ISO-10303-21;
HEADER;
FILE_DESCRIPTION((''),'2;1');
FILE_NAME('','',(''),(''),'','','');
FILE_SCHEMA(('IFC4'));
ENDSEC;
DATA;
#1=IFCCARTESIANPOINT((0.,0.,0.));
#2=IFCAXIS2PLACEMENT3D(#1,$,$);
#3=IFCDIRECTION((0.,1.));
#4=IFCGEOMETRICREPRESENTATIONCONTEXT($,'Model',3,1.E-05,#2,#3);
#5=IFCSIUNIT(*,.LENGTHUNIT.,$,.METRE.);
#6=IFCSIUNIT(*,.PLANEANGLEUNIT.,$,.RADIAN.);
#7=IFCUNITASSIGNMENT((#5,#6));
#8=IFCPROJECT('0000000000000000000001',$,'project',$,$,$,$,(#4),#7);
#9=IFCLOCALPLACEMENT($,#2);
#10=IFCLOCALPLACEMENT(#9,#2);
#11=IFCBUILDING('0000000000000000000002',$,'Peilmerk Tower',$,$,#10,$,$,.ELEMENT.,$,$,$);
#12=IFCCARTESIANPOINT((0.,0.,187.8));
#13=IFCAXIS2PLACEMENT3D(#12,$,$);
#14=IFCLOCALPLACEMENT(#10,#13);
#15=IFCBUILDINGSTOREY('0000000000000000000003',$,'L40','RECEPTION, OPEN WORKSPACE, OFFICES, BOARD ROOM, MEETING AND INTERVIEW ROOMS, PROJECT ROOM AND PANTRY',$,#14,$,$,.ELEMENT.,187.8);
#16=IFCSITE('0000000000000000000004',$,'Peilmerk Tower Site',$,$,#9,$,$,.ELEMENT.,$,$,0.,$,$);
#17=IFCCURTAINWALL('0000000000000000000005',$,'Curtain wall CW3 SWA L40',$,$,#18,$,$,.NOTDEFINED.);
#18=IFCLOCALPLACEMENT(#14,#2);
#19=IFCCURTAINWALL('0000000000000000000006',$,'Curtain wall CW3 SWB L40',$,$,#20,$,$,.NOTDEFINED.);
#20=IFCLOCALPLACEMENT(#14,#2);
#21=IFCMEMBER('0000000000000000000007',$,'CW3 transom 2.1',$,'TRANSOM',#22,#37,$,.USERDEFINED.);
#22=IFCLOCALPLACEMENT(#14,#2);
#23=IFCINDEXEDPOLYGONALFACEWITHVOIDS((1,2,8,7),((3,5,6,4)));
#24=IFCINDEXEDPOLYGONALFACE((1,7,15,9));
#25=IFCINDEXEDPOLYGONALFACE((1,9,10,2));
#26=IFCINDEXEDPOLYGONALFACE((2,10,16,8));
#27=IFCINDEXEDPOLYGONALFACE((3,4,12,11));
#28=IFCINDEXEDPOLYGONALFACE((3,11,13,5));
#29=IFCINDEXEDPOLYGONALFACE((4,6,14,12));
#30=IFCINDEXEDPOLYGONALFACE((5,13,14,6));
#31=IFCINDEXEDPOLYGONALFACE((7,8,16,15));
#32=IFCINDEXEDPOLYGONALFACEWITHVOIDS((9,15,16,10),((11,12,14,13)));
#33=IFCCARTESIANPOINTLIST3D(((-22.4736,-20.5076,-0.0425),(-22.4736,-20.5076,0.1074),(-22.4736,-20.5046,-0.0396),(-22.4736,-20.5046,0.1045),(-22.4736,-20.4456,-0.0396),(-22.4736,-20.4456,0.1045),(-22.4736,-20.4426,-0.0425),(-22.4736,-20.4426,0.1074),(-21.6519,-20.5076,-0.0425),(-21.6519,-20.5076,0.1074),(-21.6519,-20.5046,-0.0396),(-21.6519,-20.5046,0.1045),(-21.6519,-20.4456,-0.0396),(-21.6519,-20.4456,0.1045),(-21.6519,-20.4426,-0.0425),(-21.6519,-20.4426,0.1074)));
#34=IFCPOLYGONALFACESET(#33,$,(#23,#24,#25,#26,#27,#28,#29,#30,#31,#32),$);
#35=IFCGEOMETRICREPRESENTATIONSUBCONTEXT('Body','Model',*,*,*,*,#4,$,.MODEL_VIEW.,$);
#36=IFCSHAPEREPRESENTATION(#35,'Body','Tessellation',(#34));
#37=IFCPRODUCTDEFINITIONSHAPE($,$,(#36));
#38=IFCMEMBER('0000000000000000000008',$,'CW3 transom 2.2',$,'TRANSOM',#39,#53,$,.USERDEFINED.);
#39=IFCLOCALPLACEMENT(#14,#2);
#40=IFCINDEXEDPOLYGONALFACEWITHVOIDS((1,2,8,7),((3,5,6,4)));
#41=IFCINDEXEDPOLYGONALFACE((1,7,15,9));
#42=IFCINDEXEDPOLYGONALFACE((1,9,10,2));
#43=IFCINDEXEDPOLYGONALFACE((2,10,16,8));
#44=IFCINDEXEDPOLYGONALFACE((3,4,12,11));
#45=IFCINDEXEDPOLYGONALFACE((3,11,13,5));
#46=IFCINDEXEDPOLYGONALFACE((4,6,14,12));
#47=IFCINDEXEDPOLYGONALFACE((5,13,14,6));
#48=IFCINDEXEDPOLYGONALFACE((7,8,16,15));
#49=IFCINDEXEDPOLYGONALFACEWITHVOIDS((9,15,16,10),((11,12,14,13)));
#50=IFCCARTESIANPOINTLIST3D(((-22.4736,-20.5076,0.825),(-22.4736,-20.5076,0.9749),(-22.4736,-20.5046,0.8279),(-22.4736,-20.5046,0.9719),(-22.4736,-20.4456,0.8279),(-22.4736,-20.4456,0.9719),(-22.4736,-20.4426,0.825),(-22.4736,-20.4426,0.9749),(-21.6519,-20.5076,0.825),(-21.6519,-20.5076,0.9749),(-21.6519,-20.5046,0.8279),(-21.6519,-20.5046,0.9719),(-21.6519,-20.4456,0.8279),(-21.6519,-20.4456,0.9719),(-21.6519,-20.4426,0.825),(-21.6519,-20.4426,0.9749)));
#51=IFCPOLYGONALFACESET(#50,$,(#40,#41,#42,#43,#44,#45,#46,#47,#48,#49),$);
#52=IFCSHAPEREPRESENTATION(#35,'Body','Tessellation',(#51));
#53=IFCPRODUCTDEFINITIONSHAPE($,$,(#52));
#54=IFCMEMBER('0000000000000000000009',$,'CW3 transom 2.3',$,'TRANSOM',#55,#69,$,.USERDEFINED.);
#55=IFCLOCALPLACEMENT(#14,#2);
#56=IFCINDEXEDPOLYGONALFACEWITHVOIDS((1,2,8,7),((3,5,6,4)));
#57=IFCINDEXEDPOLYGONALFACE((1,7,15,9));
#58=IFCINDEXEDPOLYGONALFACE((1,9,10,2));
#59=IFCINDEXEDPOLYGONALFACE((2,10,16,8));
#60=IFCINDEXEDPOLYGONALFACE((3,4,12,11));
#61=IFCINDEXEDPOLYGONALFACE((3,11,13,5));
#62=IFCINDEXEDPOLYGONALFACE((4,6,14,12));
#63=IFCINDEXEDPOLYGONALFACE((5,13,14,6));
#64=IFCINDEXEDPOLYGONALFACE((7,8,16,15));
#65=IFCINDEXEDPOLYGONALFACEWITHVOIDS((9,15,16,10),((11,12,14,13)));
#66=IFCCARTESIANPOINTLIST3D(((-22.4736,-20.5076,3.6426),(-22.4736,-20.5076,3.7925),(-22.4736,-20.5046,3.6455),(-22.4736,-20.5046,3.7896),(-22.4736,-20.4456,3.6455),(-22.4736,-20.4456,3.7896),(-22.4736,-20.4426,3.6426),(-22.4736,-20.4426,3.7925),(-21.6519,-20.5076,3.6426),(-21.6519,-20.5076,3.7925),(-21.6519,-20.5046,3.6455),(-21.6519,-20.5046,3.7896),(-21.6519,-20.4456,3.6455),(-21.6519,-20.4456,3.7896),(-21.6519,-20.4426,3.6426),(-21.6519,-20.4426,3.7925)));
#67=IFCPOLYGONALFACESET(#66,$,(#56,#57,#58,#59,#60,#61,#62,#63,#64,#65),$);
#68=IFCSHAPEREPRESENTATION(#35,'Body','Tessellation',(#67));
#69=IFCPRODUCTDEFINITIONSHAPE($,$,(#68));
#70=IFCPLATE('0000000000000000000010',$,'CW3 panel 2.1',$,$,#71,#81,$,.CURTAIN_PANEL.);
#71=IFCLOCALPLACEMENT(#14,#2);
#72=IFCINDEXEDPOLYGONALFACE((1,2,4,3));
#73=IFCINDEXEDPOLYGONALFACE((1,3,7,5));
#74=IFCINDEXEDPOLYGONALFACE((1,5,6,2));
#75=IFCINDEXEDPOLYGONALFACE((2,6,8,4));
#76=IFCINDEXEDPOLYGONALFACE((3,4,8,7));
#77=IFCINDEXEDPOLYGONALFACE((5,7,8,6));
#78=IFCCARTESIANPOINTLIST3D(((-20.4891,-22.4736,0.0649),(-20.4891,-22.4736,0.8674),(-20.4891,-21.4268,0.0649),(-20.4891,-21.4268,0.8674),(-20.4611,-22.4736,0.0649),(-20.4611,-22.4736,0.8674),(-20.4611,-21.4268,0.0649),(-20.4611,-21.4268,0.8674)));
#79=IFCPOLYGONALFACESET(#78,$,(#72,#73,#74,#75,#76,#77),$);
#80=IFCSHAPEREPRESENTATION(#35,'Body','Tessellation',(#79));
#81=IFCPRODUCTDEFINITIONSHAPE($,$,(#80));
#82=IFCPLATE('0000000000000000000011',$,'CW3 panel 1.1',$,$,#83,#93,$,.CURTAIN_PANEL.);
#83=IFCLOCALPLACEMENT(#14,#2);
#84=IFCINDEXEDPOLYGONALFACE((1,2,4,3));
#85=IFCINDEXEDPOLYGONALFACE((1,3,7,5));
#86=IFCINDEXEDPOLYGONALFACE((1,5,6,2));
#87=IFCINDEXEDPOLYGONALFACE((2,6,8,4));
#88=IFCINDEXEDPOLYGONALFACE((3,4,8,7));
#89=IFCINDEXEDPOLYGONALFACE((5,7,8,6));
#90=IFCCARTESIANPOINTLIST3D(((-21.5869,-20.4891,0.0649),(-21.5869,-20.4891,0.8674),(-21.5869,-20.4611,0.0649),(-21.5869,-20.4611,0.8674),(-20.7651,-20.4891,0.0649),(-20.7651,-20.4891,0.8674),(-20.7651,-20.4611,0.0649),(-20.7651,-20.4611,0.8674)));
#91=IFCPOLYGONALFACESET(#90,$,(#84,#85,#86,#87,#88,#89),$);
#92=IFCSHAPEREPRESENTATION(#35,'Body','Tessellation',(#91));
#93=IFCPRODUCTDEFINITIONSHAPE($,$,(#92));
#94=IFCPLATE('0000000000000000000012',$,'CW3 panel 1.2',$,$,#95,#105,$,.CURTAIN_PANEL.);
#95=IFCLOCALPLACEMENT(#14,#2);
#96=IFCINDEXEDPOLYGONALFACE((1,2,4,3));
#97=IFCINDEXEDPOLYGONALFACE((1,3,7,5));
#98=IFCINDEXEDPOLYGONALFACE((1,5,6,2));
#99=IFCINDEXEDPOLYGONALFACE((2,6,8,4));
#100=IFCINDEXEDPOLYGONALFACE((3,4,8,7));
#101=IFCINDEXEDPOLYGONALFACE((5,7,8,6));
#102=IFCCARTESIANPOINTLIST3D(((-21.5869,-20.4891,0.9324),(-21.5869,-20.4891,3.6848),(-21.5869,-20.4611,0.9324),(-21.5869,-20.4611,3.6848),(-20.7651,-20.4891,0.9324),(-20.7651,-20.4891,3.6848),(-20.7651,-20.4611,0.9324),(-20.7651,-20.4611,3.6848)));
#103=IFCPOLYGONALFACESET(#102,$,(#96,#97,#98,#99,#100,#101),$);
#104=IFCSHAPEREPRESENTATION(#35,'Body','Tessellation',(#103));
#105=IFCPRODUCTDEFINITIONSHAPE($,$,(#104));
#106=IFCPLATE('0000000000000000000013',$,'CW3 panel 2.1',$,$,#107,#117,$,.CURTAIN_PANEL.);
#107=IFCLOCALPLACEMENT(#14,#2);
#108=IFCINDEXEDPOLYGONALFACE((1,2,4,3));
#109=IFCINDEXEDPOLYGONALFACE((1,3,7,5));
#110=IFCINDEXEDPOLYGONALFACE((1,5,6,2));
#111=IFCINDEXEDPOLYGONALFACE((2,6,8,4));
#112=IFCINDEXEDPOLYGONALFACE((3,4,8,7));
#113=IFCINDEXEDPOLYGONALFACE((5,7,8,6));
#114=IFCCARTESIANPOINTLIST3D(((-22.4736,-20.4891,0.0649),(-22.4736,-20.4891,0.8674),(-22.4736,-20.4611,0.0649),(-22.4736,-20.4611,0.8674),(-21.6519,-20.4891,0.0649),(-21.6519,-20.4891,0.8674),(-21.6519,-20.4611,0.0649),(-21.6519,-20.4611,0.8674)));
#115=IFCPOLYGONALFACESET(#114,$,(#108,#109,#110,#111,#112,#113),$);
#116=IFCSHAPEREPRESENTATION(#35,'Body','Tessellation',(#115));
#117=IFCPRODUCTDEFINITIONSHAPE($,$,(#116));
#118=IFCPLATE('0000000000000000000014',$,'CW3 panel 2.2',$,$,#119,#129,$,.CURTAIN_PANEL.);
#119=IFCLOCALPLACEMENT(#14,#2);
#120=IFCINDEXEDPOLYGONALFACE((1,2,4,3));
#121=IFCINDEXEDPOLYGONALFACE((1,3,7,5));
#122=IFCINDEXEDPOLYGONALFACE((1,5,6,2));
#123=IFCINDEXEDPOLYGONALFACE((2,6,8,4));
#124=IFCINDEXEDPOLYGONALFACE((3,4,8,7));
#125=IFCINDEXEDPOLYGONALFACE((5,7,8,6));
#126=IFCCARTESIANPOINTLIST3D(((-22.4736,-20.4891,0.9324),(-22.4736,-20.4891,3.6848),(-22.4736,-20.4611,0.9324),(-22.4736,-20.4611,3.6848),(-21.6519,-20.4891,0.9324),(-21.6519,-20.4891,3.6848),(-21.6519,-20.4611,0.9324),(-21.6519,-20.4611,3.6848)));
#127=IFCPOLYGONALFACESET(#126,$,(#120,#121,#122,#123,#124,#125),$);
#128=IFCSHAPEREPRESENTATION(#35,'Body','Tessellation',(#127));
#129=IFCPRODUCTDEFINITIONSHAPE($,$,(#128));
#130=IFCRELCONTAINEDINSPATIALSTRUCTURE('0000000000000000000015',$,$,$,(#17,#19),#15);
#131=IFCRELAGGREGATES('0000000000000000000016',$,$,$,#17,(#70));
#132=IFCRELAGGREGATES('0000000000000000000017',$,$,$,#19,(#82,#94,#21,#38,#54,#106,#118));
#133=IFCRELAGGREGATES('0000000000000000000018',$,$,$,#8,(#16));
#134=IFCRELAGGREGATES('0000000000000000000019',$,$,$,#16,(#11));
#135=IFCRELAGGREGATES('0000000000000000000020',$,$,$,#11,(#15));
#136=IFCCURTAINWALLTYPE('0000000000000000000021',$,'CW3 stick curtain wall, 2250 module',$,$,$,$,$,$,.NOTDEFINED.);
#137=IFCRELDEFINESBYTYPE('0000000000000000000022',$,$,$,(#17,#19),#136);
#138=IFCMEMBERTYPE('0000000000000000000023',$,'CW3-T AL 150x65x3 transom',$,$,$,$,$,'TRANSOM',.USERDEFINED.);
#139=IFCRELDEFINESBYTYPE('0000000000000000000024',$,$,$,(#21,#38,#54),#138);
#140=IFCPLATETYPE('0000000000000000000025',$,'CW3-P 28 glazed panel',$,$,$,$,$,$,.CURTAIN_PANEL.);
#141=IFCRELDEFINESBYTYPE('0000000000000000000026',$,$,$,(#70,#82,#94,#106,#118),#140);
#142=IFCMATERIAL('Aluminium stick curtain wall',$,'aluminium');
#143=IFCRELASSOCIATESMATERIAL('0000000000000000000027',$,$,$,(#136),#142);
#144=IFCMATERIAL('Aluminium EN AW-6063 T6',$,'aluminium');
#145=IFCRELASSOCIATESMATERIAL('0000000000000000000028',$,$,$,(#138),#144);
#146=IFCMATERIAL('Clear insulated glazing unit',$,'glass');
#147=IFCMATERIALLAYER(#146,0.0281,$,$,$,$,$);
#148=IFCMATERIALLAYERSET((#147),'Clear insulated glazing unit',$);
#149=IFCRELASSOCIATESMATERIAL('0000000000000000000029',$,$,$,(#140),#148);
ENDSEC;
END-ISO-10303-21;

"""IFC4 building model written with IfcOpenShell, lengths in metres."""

from ifc_helpers import new_model, si_unit, direction, frame, origin, origin_2d, place, context, subcontext, project, spatial, rectangle, hollow_rectangle, extrude, material, layer, layer_set, material_profile, profile_set, type_object, element, aggregate, save


model = new_model("IFC4")

# Units and contexts
model_context = context("Model", 3, precision=1e-05, world=origin(), true_north=direction((0.0, 1.0)))
body_context = subcontext(model_context, "Body", "Model", "MODEL_VIEW")
ifc_project = project(units=[si_unit("LENGTHUNIT", "METRE"), si_unit("PLANEANGLEUNIT", "RADIAN")], contexts=[model_context])

# Site, building, storey
site_placement = place(None, origin())
site = spatial("IfcSite", under=ifc_project, at=site_placement, Name="Peilmerk Tower Site", CompositionType="ELEMENT", RefElevation=0.0)
building_placement = place(site_placement, origin())
building = spatial("IfcBuilding", under=site, at=building_placement, Name="Peilmerk Tower", CompositionType="ELEMENT")
storey_placement = place(building_placement, frame((0.0, 0.0, 187.8)))
storey = spatial("IfcBuildingStorey", under=building, at=storey_placement, Name="L40", Description="RECEPTION, OPEN WORKSPACE, OFFICES, BOARD ROOM, MEETING AND INTERVIEW ROOMS, PROJECT ROOM AND PANTRY", CompositionType="ELEMENT", Elevation=187.8)

# Curtain wall
ifc_material_1 = material(Name="Aluminium stick curtain wall", Category="aluminium")
curtain_wall_type = type_object("IfcCurtainWallType", Name="CW3 stick curtain wall, 2250 module", PredefinedType="NOTDEFINED", material=ifc_material_1)
curtain_wall_1_placement = place(storey_placement, origin())
curtain_wall_1 = element("IfcCurtainWall", 1, at=curtain_wall_1_placement, inside=storey, type_object=curtain_wall_type, Name="Curtain wall CW3 SWA L40", PredefinedType="NOTDEFINED")
ifc_material_2 = material(Name="Aluminium EN AW-6063 T6", Category="aluminium")

# Curtain wall, members
curtain_wall_2_placement = place(storey_placement, origin())
curtain_wall_2 = element("IfcCurtainWall", 2, at=curtain_wall_2_placement, inside=storey, type_object=curtain_wall_type, Name="Curtain wall CW3 SWB L40", PredefinedType="NOTDEFINED")
ifc_material_profile_1 = material_profile(ifc_material_2, hollow_rectangle(XDim=0.0649, YDim=0.1499, WallThickness=0.0029, at=origin_2d()), Name="AL 150x65x3")
ifc_profile_set_1 = profile_set([ifc_material_profile_1], Name="Aluminium EN AW-6063 T6")
member_type_1 = type_object("IfcMemberType", Name="CW3-T AL 150x65x3 transom", ElementType="TRANSOM", PredefinedType="USERDEFINED", material=ifc_profile_set_1)
member_1_placement = place(storey_placement, frame((-21.6519, -20.4751, 0.0325), z_axis=(-1.0, 0.0, 0.0), x_axis=(0.0, -1.0, 0.0)))
member_1 = element("IfcMember", 3, at=member_1_placement, type_object=member_type_1, Name="CW3 transom 2.1", ObjectType="TRANSOM", PredefinedType="USERDEFINED", context=body_context, shape_type="SweptSolid", body=[
    extrude(hollow_rectangle(XDim=0.0649, YDim=0.1499, WallThickness=0.0029, at=origin_2d()), origin(), (0.0, 0.0, 1.0), 0.8218),
])
member_2_placement = place(storey_placement, frame((-21.6519, -20.4751, 0.8999), z_axis=(-1.0, 0.0, 0.0), x_axis=(0.0, -1.0, 0.0)))
member_2 = element("IfcMember", 4, at=member_2_placement, type_object=member_type_1, Name="CW3 transom 2.2", ObjectType="TRANSOM", PredefinedType="USERDEFINED", context=body_context, shape_type="SweptSolid", body=[
    extrude(hollow_rectangle(XDim=0.0649, YDim=0.1499, WallThickness=0.0029, at=origin_2d()), origin(), (0.0, 0.0, 1.0), 0.8218),
])
member_3_placement = place(storey_placement, frame((-21.6519, -20.4751, 3.7175), z_axis=(-1.0, 0.0, 0.0), x_axis=(0.0, -1.0, 0.0)))
member_3 = element("IfcMember", 5, at=member_3_placement, type_object=member_type_1, Name="CW3 transom 2.3", ObjectType="TRANSOM", PredefinedType="USERDEFINED", context=body_context, shape_type="SweptSolid", body=[
    extrude(hollow_rectangle(XDim=0.0649, YDim=0.1499, WallThickness=0.0029, at=origin_2d()), origin(), (0.0, 0.0, 1.0), 0.8218),
])

# Plates
ifc_material_3 = material(Name="Clear insulated glazing unit", Category="glass")
ifc_layer_1 = layer(ifc_material_3, 0.0281)
ifc_layer_set_1 = layer_set([ifc_layer_1], Name="Clear insulated glazing unit")
plate_type = type_object("IfcPlateType", Name="CW3-P 28 glazed panel", PredefinedType="CURTAIN_PANEL", material=ifc_layer_set_1)
plate_1_placement = place(storey_placement, frame((-20.4751, -21.9502, 0.0649), z_axis=(0.0, 0.0, 1.0), x_axis=(0.0, -1.0, 0.0)))
plate_1 = element("IfcPlate", 6, at=plate_1_placement, type_object=plate_type, Name="CW3 panel 2.1", PredefinedType="CURTAIN_PANEL", context=body_context, shape_type="SweptSolid", body=[
    extrude(rectangle(XDim=1.0469, YDim=0.0281, at=origin_2d()), origin(), (0.0, 0.0, 1.0), 0.8025),
])
aggregate(curtain_wall_1, [plate_1])
plate_2_placement = place(storey_placement, frame((-21.176, -20.4751, 0.0649), z_axis=(0.0, 0.0, 1.0), x_axis=(-1.0, 0.0, 0.0)))
plate_2 = element("IfcPlate", 7, at=plate_2_placement, type_object=plate_type, Name="CW3 panel 1.1", PredefinedType="CURTAIN_PANEL", context=body_context, shape_type="SweptSolid", body=[
    extrude(rectangle(XDim=0.8218, YDim=0.0281, at=origin_2d()), origin(), (0.0, 0.0, 1.0), 0.8025),
])
plate_3_placement = place(storey_placement, frame((-21.176, -20.4751, 0.9324), z_axis=(0.0, 0.0, 1.0), x_axis=(-1.0, 0.0, 0.0)))
plate_3 = element("IfcPlate", 8, at=plate_3_placement, type_object=plate_type, Name="CW3 panel 1.2", PredefinedType="CURTAIN_PANEL", context=body_context, shape_type="SweptSolid", body=[
    extrude(rectangle(XDim=0.8218, YDim=0.0281, at=origin_2d()), origin(), (0.0, 0.0, 1.0), 2.7524),
])
plate_4_placement = place(storey_placement, frame((-22.0627, -20.4751, 0.0649), z_axis=(0.0, 0.0, 1.0), x_axis=(-1.0, 0.0, 0.0)))
plate_4 = element("IfcPlate", 9, at=plate_4_placement, type_object=plate_type, Name="CW3 panel 2.1", PredefinedType="CURTAIN_PANEL", context=body_context, shape_type="SweptSolid", body=[
    extrude(rectangle(XDim=0.8218, YDim=0.0281, at=origin_2d()), origin(), (0.0, 0.0, 1.0), 0.8025),
])
plate_5_placement = place(storey_placement, frame((-22.0627, -20.4751, 0.9324), z_axis=(0.0, 0.0, 1.0), x_axis=(-1.0, 0.0, 0.0)))
plate_5 = element("IfcPlate", 10, at=plate_5_placement, type_object=plate_type, Name="CW3 panel 2.2", PredefinedType="CURTAIN_PANEL", context=body_context, shape_type="SweptSolid", body=[
    extrude(rectangle(XDim=0.8218, YDim=0.0281, at=origin_2d()), origin(), (0.0, 0.0, 1.0), 2.7524),
])
aggregate(curtain_wall_2, [plate_2, plate_3, member_1, member_2, member_3, plate_4, plate_5])

save(model, "model.ifc")
